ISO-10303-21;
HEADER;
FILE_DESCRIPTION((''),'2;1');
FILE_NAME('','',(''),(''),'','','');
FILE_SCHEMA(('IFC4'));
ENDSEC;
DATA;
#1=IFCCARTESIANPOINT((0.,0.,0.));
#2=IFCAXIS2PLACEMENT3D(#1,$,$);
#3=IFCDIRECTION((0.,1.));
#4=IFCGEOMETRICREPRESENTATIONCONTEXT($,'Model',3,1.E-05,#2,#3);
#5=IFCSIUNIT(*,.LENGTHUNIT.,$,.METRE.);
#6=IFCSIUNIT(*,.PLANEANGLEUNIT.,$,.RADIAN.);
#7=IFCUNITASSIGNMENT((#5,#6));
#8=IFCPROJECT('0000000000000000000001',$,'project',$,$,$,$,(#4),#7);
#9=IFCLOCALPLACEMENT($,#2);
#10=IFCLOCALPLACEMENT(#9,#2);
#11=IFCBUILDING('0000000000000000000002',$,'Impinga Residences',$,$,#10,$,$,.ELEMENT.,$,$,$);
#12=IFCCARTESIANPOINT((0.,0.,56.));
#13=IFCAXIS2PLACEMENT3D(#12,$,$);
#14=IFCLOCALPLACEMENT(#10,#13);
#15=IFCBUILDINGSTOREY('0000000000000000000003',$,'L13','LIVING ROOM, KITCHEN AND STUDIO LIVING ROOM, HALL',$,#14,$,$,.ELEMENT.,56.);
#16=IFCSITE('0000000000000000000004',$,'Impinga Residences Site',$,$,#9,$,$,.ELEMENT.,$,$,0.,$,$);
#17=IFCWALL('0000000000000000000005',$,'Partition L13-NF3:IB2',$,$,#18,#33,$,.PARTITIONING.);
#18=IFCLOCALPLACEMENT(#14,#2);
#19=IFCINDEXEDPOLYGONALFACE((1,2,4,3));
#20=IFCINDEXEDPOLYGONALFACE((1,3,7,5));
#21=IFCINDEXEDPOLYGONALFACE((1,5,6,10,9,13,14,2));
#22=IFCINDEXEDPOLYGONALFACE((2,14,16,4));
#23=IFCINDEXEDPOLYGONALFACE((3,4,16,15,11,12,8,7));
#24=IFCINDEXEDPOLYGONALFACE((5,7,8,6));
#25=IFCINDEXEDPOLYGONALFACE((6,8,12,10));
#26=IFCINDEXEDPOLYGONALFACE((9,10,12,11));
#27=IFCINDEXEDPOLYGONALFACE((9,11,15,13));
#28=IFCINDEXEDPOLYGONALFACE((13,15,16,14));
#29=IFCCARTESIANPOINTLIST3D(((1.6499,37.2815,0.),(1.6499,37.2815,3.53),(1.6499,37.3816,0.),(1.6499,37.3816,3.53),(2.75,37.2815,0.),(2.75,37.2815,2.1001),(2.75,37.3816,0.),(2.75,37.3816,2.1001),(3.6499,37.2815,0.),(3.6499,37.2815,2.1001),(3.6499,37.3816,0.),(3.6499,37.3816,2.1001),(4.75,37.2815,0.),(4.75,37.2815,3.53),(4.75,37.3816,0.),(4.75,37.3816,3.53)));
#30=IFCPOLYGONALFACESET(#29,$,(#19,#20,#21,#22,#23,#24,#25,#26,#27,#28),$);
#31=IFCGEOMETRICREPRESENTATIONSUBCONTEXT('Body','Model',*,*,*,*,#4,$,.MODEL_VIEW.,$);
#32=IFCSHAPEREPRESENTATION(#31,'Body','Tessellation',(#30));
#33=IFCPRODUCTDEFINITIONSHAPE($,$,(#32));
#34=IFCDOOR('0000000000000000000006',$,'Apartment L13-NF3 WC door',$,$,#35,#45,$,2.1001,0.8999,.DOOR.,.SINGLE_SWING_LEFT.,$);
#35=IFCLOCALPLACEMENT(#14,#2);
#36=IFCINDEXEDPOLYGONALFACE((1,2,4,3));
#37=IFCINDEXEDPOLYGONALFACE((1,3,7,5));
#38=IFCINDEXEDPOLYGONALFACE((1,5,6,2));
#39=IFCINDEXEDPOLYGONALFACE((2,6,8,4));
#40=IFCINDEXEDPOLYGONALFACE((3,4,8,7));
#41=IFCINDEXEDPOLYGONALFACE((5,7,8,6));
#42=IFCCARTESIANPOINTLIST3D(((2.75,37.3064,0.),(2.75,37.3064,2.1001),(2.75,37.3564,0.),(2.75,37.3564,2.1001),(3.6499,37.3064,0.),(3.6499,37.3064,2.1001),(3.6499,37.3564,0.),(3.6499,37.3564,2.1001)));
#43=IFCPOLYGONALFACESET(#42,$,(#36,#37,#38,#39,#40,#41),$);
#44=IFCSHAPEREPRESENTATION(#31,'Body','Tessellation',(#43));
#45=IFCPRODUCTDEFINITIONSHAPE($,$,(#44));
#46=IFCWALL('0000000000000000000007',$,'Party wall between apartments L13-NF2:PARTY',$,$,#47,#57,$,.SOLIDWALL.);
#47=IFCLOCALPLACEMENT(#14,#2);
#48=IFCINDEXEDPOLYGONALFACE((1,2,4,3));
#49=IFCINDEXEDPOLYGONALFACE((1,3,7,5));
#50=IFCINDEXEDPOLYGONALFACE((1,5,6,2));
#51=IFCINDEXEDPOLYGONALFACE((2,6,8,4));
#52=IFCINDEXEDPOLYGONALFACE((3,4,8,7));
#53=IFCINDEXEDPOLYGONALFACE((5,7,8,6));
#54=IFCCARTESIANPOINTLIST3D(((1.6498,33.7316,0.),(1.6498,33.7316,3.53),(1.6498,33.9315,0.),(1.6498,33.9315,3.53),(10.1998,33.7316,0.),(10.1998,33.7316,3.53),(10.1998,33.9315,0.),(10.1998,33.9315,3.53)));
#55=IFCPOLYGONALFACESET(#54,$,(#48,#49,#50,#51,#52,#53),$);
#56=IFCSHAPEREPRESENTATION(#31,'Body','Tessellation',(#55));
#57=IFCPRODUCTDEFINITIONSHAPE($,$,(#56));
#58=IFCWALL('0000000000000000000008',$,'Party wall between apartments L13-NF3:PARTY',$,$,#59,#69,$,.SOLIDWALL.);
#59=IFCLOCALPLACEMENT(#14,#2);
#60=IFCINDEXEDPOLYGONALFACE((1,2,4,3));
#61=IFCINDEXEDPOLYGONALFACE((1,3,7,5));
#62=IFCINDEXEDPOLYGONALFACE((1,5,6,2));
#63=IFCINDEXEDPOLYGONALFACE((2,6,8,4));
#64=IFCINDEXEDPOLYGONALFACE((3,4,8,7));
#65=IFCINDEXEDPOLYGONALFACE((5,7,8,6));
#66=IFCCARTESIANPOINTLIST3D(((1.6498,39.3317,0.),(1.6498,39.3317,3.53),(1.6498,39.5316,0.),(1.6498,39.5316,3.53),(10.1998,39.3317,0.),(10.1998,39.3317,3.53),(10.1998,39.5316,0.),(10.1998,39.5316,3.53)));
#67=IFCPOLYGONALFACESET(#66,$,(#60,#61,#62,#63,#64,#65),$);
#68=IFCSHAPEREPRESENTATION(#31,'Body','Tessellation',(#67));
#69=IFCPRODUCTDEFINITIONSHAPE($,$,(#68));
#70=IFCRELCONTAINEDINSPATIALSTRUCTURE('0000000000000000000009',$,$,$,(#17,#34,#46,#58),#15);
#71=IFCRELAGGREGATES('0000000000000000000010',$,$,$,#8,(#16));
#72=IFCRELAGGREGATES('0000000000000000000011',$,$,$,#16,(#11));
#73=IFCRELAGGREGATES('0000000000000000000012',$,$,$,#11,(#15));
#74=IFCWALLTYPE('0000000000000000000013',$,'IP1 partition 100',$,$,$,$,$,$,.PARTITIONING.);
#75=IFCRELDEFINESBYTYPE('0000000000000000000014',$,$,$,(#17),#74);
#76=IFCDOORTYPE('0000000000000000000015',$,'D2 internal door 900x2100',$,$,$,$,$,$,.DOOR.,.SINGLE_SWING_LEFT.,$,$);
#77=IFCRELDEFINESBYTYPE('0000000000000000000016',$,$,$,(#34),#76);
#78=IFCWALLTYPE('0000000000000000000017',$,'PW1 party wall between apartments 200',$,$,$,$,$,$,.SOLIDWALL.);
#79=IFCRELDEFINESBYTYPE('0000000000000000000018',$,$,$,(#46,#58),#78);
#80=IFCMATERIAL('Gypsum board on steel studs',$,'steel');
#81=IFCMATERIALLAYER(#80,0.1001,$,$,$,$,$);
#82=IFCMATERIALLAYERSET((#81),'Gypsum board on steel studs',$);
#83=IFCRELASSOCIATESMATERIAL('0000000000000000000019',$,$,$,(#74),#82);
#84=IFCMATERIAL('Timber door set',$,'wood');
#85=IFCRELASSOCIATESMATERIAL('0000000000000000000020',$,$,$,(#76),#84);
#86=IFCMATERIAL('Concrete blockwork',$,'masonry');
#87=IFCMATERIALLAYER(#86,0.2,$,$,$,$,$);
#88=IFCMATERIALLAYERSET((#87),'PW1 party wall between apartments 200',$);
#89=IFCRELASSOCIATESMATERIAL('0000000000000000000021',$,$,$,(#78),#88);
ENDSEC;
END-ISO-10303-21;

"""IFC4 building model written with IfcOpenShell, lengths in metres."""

from ifc_helpers import new_model, si_unit, direction, frame, frame_2d, origin, place, context, subcontext, project, spatial, rectangle, extrude, material, layer, layer_set, type_object, element, fill, save


model = new_model("IFC4")

# Units and contexts
model_context = context("Model", 3, precision=1e-05, world=origin(), true_north=direction((0.0, 1.0)))
body_context = subcontext(model_context, "Body", "Model", "MODEL_VIEW")
ifc_project = project(units=[si_unit("LENGTHUNIT", "METRE"), si_unit("PLANEANGLEUNIT", "RADIAN")], contexts=[model_context])

# Site, building, storey
site_placement = place(None, origin())
site = spatial("IfcSite", under=ifc_project, at=site_placement, Name="Impinga Residences Site", CompositionType="ELEMENT", RefElevation=0.0)
building_placement = place(site_placement, origin())
building = spatial("IfcBuilding", under=site, at=building_placement, Name="Impinga Residences", CompositionType="ELEMENT")
storey_placement = place(building_placement, frame((0.0, 0.0, 56.0)))
storey = spatial("IfcBuildingStorey", under=building, at=storey_placement, Name="L13", Description="LIVING ROOM, KITCHEN AND STUDIO LIVING ROOM, HALL", CompositionType="ELEMENT", Elevation=56.0)

# Shared definitions
ifc_material_1 = material(Name="Gypsum board on steel studs", Category="steel")
ifc_layer_1 = layer(ifc_material_1, 0.1001)
ifc_layer_set_1 = layer_set([ifc_layer_1], Name="Gypsum board on steel studs")
wall_type_1 = type_object("IfcWallType", Name="IP1 partition 100", PredefinedType="PARTITIONING", material=ifc_layer_set_1)

# Shared definitions
ifc_material_2 = material(Name="Timber door set", Category="wood")
door_type = type_object("IfcDoorType", Name="D2 internal door 900x2100", OperationType="SINGLE_SWING_LEFT", PredefinedType="DOOR", material=ifc_material_2)

# Wall, opening, door
wall_1_placement = place(storey_placement, frame((1.6499, 37.3315, 0.0), z_axis=(0.0, 0.0, 1.0), x_axis=(1.0, 0.0, 0.0)))
wall_1 = element("IfcWall", 1, at=wall_1_placement, inside=storey, type_object=wall_type_1, Name="Partition L13-NF3:IB2", PredefinedType="PARTITIONING", context=body_context, shape_type="SweptSolid", body=[
    extrude(rectangle(XDim=3.1001, YDim=0.1001, at=frame_2d((1.55, 0.0))), origin(), (0.0, 0.0, 1.0), 3.53),
])
opening_1_placement = place(wall_1_placement, frame((1.1001, 0.0, 0.0)))
opening_1 = element("IfcOpeningElement", 2, at=opening_1_placement, cuts=wall_1, PredefinedType="OPENING", context=body_context, shape_type="SweptSolid", body=[
    extrude(rectangle(XDim=0.8999, YDim=2.1001, at=frame_2d((0.45, 1.05))), frame((0.0, 0.0601, 0.0), z_axis=(0.0, -1.0, 0.0), x_axis=(1.0, 0.0, 0.0)), (0.0, 0.0, 1.0), 0.1201),
])
door_1_placement = place(opening_1_placement, origin())
door_1 = element("IfcDoor", 3, at=door_1_placement, inside=storey, type_object=door_type, Name="Apartment L13-NF3 WC door", OperationType="SINGLE_SWING_LEFT", OverallHeight=2.1001, OverallWidth=0.8999, PredefinedType="DOOR", context=body_context, shape_type="SweptSolid", body=[
    extrude(rectangle(XDim=0.8999, YDim=2.1001, at=frame_2d((0.45, 1.05))), frame((0.0, 0.0249, 0.0), z_axis=(0.0, -1.0, 0.0), x_axis=(1.0, 0.0, 0.0)), (0.0, 0.0, 1.0), 0.05),
])
fill(opening_1, door_1)

# Walls
ifc_material_3 = material(Name="Concrete blockwork", Category="masonry")
ifc_layer_2 = layer(ifc_material_3, 0.2)
ifc_layer_set_2 = layer_set([ifc_layer_2], Name="PW1 party wall between apartments 200")
wall_type_2 = type_object("IfcWallType", Name="PW1 party wall between apartments 200", PredefinedType="SOLIDWALL", material=ifc_layer_set_2)
for number, where, z_axis, x_axis, name in (
    (4, (1.6499, 33.8315, 0.0), (0.0, 0.0, 1.0), (1.0, 0.0, 0.0), "Party wall between apartments L13-NF2:PARTY"),
    (5, (1.6499, 39.4316, 0.0), (0.0, 0.0, 1.0), (1.0, 0.0, 0.0), "Party wall between apartments L13-NF3:PARTY"),
):
    element("IfcWall", number, at=place(storey_placement, frame(where, z_axis=z_axis, x_axis=x_axis)), inside=storey, type_object=wall_type_2, Name=name, PredefinedType="SOLIDWALL", context=body_context, shape_type="SweptSolid", body=[
        extrude(rectangle(XDim=8.55, YDim=0.2, at=frame_2d((4.2749, 0.0))), origin(), (0.0, 0.0, 1.0), 3.53),
    ])

save(model, "model.ifc")
